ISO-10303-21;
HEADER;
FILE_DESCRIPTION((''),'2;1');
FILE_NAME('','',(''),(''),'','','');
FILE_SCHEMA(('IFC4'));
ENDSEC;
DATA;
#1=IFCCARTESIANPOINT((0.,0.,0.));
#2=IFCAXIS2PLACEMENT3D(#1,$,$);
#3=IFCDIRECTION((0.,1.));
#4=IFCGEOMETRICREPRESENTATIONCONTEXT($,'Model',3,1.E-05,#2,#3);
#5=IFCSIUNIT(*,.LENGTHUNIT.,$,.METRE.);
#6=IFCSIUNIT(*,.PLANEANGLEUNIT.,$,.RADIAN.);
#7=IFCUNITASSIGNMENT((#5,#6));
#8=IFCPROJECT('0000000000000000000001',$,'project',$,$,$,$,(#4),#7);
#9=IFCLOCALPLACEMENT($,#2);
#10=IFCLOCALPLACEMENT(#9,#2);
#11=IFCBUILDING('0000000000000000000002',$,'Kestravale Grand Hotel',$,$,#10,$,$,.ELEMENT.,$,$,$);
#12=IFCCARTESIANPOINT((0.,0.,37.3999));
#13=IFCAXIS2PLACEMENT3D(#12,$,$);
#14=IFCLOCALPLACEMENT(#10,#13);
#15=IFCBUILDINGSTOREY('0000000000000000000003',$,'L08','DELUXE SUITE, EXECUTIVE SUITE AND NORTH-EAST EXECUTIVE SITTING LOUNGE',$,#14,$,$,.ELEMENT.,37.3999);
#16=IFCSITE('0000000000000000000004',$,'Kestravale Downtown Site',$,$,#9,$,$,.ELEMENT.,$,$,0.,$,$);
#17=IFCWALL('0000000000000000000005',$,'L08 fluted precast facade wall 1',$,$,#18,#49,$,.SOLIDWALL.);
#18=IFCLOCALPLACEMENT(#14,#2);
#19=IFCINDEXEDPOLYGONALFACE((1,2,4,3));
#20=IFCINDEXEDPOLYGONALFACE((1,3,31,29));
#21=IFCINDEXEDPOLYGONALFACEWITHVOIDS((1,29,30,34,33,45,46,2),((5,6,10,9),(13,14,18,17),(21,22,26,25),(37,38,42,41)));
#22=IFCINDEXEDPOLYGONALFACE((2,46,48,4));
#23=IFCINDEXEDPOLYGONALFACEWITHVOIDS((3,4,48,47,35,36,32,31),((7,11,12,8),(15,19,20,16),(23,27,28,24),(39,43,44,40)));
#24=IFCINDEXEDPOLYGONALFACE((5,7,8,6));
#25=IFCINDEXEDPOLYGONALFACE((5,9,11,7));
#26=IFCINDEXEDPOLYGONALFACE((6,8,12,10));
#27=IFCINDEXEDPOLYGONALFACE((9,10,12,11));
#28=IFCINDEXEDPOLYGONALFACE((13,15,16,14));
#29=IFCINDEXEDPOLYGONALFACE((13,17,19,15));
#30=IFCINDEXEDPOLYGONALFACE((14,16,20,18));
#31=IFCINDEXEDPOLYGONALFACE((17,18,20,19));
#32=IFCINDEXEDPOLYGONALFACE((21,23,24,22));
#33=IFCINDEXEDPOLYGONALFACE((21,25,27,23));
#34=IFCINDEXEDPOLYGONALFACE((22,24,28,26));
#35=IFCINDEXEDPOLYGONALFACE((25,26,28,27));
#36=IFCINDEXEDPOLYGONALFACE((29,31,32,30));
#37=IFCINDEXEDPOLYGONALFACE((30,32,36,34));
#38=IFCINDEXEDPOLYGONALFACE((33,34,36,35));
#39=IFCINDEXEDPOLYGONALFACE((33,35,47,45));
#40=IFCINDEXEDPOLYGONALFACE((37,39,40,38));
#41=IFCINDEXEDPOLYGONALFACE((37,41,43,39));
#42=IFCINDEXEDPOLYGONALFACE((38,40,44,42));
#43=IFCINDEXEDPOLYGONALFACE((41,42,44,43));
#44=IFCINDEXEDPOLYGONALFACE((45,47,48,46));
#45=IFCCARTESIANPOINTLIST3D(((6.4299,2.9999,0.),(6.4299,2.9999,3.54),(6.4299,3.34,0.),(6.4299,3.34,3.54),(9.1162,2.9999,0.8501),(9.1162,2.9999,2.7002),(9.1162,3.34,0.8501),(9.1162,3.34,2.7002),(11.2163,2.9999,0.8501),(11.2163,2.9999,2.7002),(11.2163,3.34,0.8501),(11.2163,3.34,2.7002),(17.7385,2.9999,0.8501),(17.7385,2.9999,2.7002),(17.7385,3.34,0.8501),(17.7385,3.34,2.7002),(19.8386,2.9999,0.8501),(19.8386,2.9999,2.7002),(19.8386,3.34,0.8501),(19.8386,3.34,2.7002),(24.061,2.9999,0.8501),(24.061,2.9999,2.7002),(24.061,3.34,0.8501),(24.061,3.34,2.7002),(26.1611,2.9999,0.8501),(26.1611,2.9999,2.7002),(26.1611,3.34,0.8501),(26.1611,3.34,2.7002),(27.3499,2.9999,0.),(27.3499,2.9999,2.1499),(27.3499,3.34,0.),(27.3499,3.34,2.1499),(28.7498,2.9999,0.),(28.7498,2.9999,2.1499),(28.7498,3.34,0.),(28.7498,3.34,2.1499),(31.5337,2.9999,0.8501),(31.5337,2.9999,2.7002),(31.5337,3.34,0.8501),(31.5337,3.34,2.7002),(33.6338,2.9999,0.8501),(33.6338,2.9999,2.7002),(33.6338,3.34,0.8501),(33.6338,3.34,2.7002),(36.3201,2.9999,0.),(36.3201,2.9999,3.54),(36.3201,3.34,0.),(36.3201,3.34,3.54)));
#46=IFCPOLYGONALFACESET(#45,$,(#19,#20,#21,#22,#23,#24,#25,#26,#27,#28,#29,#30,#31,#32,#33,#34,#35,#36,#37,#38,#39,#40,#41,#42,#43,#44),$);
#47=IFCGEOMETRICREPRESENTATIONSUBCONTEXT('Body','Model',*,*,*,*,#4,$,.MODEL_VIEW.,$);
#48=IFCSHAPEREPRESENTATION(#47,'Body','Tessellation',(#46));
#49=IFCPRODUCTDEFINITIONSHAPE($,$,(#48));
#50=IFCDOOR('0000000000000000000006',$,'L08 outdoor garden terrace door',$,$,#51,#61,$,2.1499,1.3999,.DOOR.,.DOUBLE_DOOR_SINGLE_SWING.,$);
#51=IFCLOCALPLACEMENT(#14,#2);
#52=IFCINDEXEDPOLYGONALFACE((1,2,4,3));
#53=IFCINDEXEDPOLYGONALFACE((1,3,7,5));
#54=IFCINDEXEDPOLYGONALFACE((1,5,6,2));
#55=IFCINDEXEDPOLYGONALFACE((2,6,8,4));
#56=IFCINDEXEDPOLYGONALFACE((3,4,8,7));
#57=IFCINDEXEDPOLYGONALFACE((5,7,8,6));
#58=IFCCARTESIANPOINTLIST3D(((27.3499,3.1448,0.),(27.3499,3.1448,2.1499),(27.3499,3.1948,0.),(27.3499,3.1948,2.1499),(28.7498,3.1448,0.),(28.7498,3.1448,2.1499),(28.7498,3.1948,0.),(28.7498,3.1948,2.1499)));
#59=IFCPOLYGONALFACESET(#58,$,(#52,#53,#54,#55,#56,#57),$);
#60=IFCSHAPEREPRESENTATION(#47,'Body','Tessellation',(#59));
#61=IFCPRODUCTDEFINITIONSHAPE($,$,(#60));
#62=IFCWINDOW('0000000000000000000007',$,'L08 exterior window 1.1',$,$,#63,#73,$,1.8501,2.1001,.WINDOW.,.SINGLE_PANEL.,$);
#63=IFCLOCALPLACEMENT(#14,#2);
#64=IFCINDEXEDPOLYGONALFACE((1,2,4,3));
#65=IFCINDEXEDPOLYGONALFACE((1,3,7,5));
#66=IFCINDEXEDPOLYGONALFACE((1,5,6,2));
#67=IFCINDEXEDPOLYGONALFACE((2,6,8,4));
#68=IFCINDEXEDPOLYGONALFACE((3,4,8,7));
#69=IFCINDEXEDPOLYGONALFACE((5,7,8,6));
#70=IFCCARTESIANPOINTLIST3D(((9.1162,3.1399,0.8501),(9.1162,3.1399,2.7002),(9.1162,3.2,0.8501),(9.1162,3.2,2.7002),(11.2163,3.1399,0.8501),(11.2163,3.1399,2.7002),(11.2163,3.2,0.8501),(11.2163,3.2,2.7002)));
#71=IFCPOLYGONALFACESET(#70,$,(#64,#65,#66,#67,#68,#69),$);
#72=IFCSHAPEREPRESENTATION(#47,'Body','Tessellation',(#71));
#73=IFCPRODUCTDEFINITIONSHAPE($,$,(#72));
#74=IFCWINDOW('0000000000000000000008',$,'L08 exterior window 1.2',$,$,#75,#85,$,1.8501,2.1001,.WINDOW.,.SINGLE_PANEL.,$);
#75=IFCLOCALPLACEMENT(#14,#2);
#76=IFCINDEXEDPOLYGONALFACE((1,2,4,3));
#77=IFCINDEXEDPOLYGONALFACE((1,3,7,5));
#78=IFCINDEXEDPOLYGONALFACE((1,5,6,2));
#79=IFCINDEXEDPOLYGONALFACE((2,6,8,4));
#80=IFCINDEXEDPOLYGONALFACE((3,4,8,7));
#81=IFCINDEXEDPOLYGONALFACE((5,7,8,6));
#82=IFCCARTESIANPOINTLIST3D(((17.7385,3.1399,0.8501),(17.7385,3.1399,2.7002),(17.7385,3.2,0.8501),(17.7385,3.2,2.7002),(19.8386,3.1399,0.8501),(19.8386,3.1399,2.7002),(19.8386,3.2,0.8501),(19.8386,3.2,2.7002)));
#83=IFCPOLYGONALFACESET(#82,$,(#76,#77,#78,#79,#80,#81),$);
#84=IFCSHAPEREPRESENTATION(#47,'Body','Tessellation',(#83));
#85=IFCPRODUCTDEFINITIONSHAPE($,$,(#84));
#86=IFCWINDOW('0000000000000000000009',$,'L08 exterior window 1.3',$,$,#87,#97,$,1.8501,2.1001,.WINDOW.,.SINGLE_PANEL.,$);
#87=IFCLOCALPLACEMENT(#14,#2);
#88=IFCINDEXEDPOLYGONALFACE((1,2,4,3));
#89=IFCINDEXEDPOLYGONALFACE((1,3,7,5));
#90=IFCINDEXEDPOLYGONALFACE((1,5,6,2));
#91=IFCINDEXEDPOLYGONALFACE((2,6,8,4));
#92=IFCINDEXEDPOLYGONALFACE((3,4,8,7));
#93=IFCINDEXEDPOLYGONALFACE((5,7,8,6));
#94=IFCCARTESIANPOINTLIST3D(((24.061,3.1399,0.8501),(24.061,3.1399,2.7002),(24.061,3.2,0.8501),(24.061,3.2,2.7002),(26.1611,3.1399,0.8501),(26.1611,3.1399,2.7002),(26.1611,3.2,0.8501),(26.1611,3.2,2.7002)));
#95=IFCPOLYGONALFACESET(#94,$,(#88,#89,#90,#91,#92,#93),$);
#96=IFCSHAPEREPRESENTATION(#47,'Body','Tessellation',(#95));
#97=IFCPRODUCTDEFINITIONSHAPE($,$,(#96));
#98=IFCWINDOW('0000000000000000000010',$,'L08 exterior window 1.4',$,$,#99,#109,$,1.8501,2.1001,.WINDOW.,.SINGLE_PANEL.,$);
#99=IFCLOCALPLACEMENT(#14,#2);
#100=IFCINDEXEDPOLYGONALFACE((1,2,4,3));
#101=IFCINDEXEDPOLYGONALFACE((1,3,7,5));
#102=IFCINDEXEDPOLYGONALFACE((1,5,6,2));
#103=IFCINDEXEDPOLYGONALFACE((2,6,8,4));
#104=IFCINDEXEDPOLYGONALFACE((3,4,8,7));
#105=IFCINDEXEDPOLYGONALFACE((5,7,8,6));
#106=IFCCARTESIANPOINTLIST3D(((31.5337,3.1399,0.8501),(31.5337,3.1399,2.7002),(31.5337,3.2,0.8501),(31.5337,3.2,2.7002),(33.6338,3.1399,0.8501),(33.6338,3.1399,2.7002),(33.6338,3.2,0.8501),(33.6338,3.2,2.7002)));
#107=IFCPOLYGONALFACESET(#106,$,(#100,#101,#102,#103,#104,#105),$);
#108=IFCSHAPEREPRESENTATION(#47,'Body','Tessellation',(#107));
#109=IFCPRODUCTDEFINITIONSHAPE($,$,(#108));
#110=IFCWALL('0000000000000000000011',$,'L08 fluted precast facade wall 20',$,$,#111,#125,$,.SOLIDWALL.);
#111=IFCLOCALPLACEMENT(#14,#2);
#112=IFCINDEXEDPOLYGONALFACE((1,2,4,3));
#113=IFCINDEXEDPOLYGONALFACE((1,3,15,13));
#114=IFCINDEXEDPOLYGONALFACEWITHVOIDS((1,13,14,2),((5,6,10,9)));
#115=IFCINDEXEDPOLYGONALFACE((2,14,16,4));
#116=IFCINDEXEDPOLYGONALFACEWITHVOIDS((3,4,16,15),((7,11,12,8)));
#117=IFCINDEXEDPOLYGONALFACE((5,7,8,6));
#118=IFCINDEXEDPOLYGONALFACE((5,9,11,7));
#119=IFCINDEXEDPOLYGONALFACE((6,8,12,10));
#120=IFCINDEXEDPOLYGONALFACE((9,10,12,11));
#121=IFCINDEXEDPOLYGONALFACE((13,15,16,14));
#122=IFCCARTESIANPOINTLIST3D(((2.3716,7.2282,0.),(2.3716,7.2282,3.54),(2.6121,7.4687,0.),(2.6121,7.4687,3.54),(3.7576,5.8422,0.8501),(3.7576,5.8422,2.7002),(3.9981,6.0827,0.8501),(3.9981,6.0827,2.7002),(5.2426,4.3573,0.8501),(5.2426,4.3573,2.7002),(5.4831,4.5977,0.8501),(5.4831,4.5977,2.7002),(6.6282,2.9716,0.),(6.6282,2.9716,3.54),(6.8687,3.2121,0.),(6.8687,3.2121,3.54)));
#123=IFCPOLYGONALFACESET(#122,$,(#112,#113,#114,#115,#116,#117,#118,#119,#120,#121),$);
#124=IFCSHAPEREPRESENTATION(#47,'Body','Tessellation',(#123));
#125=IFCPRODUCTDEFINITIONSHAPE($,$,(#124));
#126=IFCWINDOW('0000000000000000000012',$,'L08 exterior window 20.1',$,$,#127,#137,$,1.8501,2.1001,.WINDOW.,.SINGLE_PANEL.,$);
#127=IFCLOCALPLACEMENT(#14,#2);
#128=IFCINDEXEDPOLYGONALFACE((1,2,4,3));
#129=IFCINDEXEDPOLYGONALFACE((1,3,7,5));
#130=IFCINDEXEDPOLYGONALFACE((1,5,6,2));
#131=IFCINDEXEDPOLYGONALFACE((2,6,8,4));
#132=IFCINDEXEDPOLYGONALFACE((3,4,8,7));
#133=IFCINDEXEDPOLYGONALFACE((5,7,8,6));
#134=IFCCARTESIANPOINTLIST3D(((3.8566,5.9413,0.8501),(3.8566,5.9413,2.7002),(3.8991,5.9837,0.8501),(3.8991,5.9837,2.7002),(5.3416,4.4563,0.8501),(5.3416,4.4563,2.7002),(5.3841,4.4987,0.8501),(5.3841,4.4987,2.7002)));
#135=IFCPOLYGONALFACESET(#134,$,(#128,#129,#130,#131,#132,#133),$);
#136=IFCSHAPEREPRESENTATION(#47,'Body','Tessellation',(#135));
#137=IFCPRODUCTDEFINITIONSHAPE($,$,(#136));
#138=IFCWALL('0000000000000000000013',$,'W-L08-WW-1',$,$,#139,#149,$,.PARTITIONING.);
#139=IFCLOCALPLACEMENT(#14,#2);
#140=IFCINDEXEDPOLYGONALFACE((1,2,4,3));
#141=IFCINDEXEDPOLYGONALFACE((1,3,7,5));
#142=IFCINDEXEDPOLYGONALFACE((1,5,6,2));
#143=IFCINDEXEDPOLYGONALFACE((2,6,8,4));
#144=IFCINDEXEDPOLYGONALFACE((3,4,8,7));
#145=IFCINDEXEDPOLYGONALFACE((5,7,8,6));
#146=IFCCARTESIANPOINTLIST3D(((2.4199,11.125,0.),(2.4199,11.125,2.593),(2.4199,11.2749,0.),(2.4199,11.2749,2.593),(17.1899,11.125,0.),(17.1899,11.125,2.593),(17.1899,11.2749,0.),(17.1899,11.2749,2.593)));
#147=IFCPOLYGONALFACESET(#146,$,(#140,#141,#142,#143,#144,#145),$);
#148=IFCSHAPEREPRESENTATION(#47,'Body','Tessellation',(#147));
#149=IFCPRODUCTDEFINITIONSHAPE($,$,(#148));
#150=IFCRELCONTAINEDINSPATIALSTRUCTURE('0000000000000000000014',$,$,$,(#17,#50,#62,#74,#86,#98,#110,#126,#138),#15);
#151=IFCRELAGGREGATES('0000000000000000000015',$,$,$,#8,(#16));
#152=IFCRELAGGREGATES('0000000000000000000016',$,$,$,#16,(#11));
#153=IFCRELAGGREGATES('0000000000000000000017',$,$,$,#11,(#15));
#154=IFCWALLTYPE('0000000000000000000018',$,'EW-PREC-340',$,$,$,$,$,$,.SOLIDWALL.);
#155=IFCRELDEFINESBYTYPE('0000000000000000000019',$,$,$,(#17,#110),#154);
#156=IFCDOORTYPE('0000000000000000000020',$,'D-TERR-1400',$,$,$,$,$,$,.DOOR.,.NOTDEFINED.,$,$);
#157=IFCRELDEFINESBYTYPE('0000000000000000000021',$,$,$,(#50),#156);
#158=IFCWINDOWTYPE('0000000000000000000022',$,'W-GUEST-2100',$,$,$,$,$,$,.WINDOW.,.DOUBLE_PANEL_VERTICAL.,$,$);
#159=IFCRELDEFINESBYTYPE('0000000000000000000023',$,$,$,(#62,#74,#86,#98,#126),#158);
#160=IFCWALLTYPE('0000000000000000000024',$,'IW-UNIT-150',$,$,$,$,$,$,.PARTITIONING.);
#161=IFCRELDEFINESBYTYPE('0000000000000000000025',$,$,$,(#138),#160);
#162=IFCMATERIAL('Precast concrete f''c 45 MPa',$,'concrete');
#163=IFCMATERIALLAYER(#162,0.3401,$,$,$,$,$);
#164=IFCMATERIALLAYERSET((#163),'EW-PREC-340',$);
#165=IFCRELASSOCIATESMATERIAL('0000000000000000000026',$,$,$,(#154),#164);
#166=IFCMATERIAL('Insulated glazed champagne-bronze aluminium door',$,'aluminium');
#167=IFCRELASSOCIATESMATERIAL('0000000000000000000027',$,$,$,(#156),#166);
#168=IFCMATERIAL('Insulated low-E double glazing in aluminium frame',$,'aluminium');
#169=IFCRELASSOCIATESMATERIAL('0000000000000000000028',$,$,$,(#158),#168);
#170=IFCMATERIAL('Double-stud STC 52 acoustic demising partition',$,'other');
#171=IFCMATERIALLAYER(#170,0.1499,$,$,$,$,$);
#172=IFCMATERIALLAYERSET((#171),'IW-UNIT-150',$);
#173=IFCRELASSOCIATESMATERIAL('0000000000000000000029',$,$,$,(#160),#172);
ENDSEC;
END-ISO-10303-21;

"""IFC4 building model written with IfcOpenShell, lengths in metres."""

from ifc_helpers import new_model, si_unit, direction, frame, frame_2d, origin, place, context, subcontext, project, spatial, rectangle, extrude, material, layer, layer_set, type_object, element, fill, save


model = new_model("IFC4")

# Units and contexts
model_context = context("Model", 3, precision=1e-05, world=origin(), true_north=direction((0.0, 1.0)))
body_context = subcontext(model_context, "Body", "Model", "MODEL_VIEW")
ifc_project = project(units=[si_unit("LENGTHUNIT", "METRE"), si_unit("PLANEANGLEUNIT", "RADIAN")], contexts=[model_context])

# Site, building, storey
site_placement = place(None, origin())
site = spatial("IfcSite", under=ifc_project, at=site_placement, Name="Kestravale Downtown Site", CompositionType="ELEMENT", RefElevation=0.0)
building_placement = place(site_placement, origin())
building = spatial("IfcBuilding", under=site, at=building_placement, Name="Kestravale Grand Hotel", CompositionType="ELEMENT")
storey_placement = place(building_placement, frame((0.0, 0.0, 37.3999)))
storey = spatial("IfcBuildingStorey", under=building, at=storey_placement, Name="L08", Description="DELUXE SUITE, EXECUTIVE SUITE AND NORTH-EAST EXECUTIVE SITTING LOUNGE", CompositionType="ELEMENT", Elevation=37.3999)

# Wall, openings, door, windows
ifc_material_1 = material(Name="Precast concrete f'c 45 MPa", Category="concrete")
ifc_layer_1 = layer(ifc_material_1, 0.3401)
ifc_layer_set_1 = layer_set([ifc_layer_1], Name="EW-PREC-340")
wall_type_1 = type_object("IfcWallType", Name="EW-PREC-340", PredefinedType="SOLIDWALL", material=ifc_layer_set_1)
wall_1_placement = place(storey_placement, frame((6.4299, 3.1699, 0.0), z_axis=(0.0, 0.0, 1.0), x_axis=(1.0, 0.0, 0.0)))
wall_1 = element("IfcWall", 1, at=wall_1_placement, inside=storey, type_object=wall_type_1, Name="L08 fluted precast facade wall 1", PredefinedType="SOLIDWALL", context=body_context, shape_type="SweptSolid", body=[
    extrude(rectangle(XDim=29.8901, YDim=0.3401, at=frame_2d((14.9451, 0.0))), origin(), (0.0, 0.0, 1.0), 3.54),
])
opening_1_placement = place(wall_1_placement, frame((20.9199, 0.0, 0.0)))
opening_1 = element("IfcOpeningElement", 2, at=opening_1_placement, cuts=wall_1, PredefinedType="OPENING", context=body_context, shape_type="SweptSolid", body=[
    extrude(rectangle(XDim=1.3999, YDim=2.1499, at=frame_2d((0.7, 1.075))), frame((0.0, 0.1799, 0.0), z_axis=(0.0, -1.0, 0.0), x_axis=(1.0, 0.0, 0.0)), (0.0, 0.0, 1.0), 0.3601),
])
opening_2_placement = place(wall_1_placement, frame((2.6863, 0.0, 0.8501)))
opening_2 = element("IfcOpeningElement", 3, at=opening_2_placement, cuts=wall_1, PredefinedType="OPENING", context=body_context, shape_type="SweptSolid", body=[
    extrude(rectangle(XDim=2.1001, YDim=1.8501, at=frame_2d((1.05, 0.925))), frame((0.0, 0.1799, 0.0), z_axis=(0.0, -1.0, 0.0), x_axis=(1.0, 0.0, 0.0)), (0.0, 0.0, 1.0), 0.3601),
])
opening_3_placement = place(wall_1_placement, frame((11.3086, 0.0, 0.8501)))
opening_3 = element("IfcOpeningElement", 4, at=opening_3_placement, cuts=wall_1, PredefinedType="OPENING", context=body_context, shape_type="SweptSolid", body=[
    extrude(rectangle(XDim=2.1001, YDim=1.8501, at=frame_2d((1.05, 0.925))), frame((0.0, 0.1799, 0.0), z_axis=(0.0, -1.0, 0.0), x_axis=(1.0, 0.0, 0.0)), (0.0, 0.0, 1.0), 0.3601),
])
opening_4_placement = place(wall_1_placement, frame((17.6311, 0.0, 0.8501)))
opening_4 = element("IfcOpeningElement", 5, at=opening_4_placement, cuts=wall_1, PredefinedType="OPENING", context=body_context, shape_type="SweptSolid", body=[
    extrude(rectangle(XDim=2.1001, YDim=1.8501, at=frame_2d((1.05, 0.925))), frame((0.0, 0.1799, 0.0), z_axis=(0.0, -1.0, 0.0), x_axis=(1.0, 0.0, 0.0)), (0.0, 0.0, 1.0), 0.3601),
])
opening_5_placement = place(wall_1_placement, frame((25.1038, 0.0, 0.8501)))
opening_5 = element("IfcOpeningElement", 6, at=opening_5_placement, cuts=wall_1, PredefinedType="OPENING", context=body_context, shape_type="SweptSolid", body=[
    extrude(rectangle(XDim=2.1001, YDim=1.8501, at=frame_2d((1.05, 0.925))), frame((0.0, 0.1799, 0.0), z_axis=(0.0, -1.0, 0.0), x_axis=(1.0, 0.0, 0.0)), (0.0, 0.0, 1.0), 0.3601),
])
ifc_material_2 = material(Name="Insulated glazed champagne-bronze aluminium door", Category="aluminium")
door_type = type_object("IfcDoorType", Name="D-TERR-1400", OperationType="NOTDEFINED", PredefinedType="DOOR", material=ifc_material_2)
door_placement = place(opening_1_placement, origin())
door = element("IfcDoor", 7, at=door_placement, inside=storey, type_object=door_type, Name="L08 outdoor garden terrace door", OperationType="DOUBLE_DOOR_SINGLE_SWING", OverallHeight=2.1499, OverallWidth=1.3999, PredefinedType="DOOR", context=body_context, shape_type="SweptSolid", body=[
    extrude(rectangle(XDim=1.3999, YDim=2.1499, at=frame_2d((0.7, 1.075))), frame((0.0, 0.0249, 0.0), z_axis=(0.0, -1.0, 0.0), x_axis=(1.0, 0.0, 0.0)), (0.0, 0.0, 1.0), 0.05),
])
fill(opening_1, door)
ifc_material_3 = material(Name="Insulated low-E double glazing in aluminium frame", Category="aluminium")
window_type = type_object("IfcWindowType", Name="W-GUEST-2100", PartitioningType="DOUBLE_PANEL_VERTICAL", PredefinedType="WINDOW", material=ifc_material_3)
window_1_placement = place(opening_2_placement, origin())
window_1 = element("IfcWindow", 8, at=window_1_placement, inside=storey, type_object=window_type, Name="L08 exterior window 1.1", OverallHeight=1.8501, OverallWidth=2.1001, PartitioningType="SINGLE_PANEL", PredefinedType="WINDOW", context=body_context, shape_type="SweptSolid", body=[
    extrude(rectangle(XDim=2.1001, YDim=1.8501, at=frame_2d((1.05, 0.925))), frame((0.0, 0.03, 0.0), z_axis=(0.0, -1.0, 0.0), x_axis=(1.0, 0.0, 0.0)), (0.0, 0.0, 1.0), 0.0601),
])
fill(opening_2, window_1)
window_2_placement = place(opening_3_placement, origin())
window_2 = element("IfcWindow", 9, at=window_2_placement, inside=storey, type_object=window_type, Name="L08 exterior window 1.2", OverallHeight=1.8501, OverallWidth=2.1001, PartitioningType="SINGLE_PANEL", PredefinedType="WINDOW", context=body_context, shape_type="SweptSolid", body=[
    extrude(rectangle(XDim=2.1001, YDim=1.8501, at=frame_2d((1.05, 0.925))), frame((0.0, 0.03, 0.0), z_axis=(0.0, -1.0, 0.0), x_axis=(1.0, 0.0, 0.0)), (0.0, 0.0, 1.0), 0.0601),
])
fill(opening_3, window_2)
window_3_placement = place(opening_4_placement, origin())
window_3 = element("IfcWindow", 10, at=window_3_placement, inside=storey, type_object=window_type, Name="L08 exterior window 1.3", OverallHeight=1.8501, OverallWidth=2.1001, PartitioningType="SINGLE_PANEL", PredefinedType="WINDOW", context=body_context, shape_type="SweptSolid", body=[
    extrude(rectangle(XDim=2.1001, YDim=1.8501, at=frame_2d((1.05, 0.925))), frame((0.0, 0.03, 0.0), z_axis=(0.0, -1.0, 0.0), x_axis=(1.0, 0.0, 0.0)), (0.0, 0.0, 1.0), 0.0601),
])
fill(opening_4, window_3)
window_4_placement = place(opening_5_placement, origin())
window_4 = element("IfcWindow", 11, at=window_4_placement, inside=storey, type_object=window_type, Name="L08 exterior window 1.4", OverallHeight=1.8501, OverallWidth=2.1001, PartitioningType="SINGLE_PANEL", PredefinedType="WINDOW", context=body_context, shape_type="SweptSolid", body=[
    extrude(rectangle(XDim=2.1001, YDim=1.8501, at=frame_2d((1.05, 0.925))), frame((0.0, 0.03, 0.0), z_axis=(0.0, -1.0, 0.0), x_axis=(1.0, 0.0, 0.0)), (0.0, 0.0, 1.0), 0.0601),
])
fill(opening_5, window_4)

# Wall, opening, window
wall_2_placement = place(storey_placement, frame((2.4919, 7.3484, 0.0), z_axis=(0.0, 0.0, 1.0), x_axis=(0.707107, -0.707107, 0.0)))
wall_2 = element("IfcWall", 12, at=wall_2_placement, inside=storey, type_object=wall_type_1, Name="L08 fluted precast facade wall 20", PredefinedType="SOLIDWALL", context=body_context, shape_type="SweptSolid", body=[
    extrude(rectangle(XDim=6.0198, YDim=0.3401, at=frame_2d((3.0098, 0.0))), origin(), (0.0, 0.0, 1.0), 3.54),
])
opening_6_placement = place(wall_2_placement, frame((1.96, 0.0, 0.8501)))
opening_6 = element("IfcOpeningElement", 13, at=opening_6_placement, cuts=wall_2, PredefinedType="OPENING", context=body_context, shape_type="SweptSolid", body=[
    extrude(rectangle(XDim=2.1001, YDim=1.8501, at=frame_2d((1.05, 0.925))), frame((0.0, 0.1799, 0.0), z_axis=(0.0, -1.0, 0.0), x_axis=(1.0, 0.0, 0.0)), (0.0, 0.0, 1.0), 0.3601),
])
window_5_placement = place(opening_6_placement, origin())
window_5 = element("IfcWindow", 14, at=window_5_placement, inside=storey, type_object=window_type, Name="L08 exterior window 20.1", OverallHeight=1.8501, OverallWidth=2.1001, PartitioningType="SINGLE_PANEL", PredefinedType="WINDOW", context=body_context, shape_type="SweptSolid", body=[
    extrude(rectangle(XDim=2.1001, YDim=1.8501, at=frame_2d((1.05, 0.925))), frame((0.0, 0.03, 0.0), z_axis=(0.0, -1.0, 0.0), x_axis=(1.0, 0.0, 0.0)), (0.0, 0.0, 1.0), 0.0601),
])
fill(opening_6, window_5)

# Wall
ifc_material_4 = material(Name="Double-stud STC 52 acoustic demising partition", Category="other")
ifc_layer_2 = layer(ifc_material_4, 0.1499)
ifc_layer_set_2 = layer_set([ifc_layer_2], Name="IW-UNIT-150")
wall_type_2 = type_object("IfcWallType", Name="IW-UNIT-150", PredefinedType="PARTITIONING", material=ifc_layer_set_2)
wall_3_placement = place(storey_placement, frame((2.4199, 11.2, 0.0), z_axis=(0.0, 0.0, 1.0), x_axis=(1.0, 0.0, 0.0)))
element("IfcWall", 15, at=wall_3_placement, inside=storey, type_object=wall_type_2, Name="W-L08-WW-1", PredefinedType="PARTITIONING", context=body_context, shape_type="SweptSolid", body=[
    extrude(rectangle(XDim=14.77, YDim=0.1499, at=frame_2d((7.385, 0.0))), origin(), (0.0, 0.0, 1.0), 2.593),
])

save(model, "model.ifc")
